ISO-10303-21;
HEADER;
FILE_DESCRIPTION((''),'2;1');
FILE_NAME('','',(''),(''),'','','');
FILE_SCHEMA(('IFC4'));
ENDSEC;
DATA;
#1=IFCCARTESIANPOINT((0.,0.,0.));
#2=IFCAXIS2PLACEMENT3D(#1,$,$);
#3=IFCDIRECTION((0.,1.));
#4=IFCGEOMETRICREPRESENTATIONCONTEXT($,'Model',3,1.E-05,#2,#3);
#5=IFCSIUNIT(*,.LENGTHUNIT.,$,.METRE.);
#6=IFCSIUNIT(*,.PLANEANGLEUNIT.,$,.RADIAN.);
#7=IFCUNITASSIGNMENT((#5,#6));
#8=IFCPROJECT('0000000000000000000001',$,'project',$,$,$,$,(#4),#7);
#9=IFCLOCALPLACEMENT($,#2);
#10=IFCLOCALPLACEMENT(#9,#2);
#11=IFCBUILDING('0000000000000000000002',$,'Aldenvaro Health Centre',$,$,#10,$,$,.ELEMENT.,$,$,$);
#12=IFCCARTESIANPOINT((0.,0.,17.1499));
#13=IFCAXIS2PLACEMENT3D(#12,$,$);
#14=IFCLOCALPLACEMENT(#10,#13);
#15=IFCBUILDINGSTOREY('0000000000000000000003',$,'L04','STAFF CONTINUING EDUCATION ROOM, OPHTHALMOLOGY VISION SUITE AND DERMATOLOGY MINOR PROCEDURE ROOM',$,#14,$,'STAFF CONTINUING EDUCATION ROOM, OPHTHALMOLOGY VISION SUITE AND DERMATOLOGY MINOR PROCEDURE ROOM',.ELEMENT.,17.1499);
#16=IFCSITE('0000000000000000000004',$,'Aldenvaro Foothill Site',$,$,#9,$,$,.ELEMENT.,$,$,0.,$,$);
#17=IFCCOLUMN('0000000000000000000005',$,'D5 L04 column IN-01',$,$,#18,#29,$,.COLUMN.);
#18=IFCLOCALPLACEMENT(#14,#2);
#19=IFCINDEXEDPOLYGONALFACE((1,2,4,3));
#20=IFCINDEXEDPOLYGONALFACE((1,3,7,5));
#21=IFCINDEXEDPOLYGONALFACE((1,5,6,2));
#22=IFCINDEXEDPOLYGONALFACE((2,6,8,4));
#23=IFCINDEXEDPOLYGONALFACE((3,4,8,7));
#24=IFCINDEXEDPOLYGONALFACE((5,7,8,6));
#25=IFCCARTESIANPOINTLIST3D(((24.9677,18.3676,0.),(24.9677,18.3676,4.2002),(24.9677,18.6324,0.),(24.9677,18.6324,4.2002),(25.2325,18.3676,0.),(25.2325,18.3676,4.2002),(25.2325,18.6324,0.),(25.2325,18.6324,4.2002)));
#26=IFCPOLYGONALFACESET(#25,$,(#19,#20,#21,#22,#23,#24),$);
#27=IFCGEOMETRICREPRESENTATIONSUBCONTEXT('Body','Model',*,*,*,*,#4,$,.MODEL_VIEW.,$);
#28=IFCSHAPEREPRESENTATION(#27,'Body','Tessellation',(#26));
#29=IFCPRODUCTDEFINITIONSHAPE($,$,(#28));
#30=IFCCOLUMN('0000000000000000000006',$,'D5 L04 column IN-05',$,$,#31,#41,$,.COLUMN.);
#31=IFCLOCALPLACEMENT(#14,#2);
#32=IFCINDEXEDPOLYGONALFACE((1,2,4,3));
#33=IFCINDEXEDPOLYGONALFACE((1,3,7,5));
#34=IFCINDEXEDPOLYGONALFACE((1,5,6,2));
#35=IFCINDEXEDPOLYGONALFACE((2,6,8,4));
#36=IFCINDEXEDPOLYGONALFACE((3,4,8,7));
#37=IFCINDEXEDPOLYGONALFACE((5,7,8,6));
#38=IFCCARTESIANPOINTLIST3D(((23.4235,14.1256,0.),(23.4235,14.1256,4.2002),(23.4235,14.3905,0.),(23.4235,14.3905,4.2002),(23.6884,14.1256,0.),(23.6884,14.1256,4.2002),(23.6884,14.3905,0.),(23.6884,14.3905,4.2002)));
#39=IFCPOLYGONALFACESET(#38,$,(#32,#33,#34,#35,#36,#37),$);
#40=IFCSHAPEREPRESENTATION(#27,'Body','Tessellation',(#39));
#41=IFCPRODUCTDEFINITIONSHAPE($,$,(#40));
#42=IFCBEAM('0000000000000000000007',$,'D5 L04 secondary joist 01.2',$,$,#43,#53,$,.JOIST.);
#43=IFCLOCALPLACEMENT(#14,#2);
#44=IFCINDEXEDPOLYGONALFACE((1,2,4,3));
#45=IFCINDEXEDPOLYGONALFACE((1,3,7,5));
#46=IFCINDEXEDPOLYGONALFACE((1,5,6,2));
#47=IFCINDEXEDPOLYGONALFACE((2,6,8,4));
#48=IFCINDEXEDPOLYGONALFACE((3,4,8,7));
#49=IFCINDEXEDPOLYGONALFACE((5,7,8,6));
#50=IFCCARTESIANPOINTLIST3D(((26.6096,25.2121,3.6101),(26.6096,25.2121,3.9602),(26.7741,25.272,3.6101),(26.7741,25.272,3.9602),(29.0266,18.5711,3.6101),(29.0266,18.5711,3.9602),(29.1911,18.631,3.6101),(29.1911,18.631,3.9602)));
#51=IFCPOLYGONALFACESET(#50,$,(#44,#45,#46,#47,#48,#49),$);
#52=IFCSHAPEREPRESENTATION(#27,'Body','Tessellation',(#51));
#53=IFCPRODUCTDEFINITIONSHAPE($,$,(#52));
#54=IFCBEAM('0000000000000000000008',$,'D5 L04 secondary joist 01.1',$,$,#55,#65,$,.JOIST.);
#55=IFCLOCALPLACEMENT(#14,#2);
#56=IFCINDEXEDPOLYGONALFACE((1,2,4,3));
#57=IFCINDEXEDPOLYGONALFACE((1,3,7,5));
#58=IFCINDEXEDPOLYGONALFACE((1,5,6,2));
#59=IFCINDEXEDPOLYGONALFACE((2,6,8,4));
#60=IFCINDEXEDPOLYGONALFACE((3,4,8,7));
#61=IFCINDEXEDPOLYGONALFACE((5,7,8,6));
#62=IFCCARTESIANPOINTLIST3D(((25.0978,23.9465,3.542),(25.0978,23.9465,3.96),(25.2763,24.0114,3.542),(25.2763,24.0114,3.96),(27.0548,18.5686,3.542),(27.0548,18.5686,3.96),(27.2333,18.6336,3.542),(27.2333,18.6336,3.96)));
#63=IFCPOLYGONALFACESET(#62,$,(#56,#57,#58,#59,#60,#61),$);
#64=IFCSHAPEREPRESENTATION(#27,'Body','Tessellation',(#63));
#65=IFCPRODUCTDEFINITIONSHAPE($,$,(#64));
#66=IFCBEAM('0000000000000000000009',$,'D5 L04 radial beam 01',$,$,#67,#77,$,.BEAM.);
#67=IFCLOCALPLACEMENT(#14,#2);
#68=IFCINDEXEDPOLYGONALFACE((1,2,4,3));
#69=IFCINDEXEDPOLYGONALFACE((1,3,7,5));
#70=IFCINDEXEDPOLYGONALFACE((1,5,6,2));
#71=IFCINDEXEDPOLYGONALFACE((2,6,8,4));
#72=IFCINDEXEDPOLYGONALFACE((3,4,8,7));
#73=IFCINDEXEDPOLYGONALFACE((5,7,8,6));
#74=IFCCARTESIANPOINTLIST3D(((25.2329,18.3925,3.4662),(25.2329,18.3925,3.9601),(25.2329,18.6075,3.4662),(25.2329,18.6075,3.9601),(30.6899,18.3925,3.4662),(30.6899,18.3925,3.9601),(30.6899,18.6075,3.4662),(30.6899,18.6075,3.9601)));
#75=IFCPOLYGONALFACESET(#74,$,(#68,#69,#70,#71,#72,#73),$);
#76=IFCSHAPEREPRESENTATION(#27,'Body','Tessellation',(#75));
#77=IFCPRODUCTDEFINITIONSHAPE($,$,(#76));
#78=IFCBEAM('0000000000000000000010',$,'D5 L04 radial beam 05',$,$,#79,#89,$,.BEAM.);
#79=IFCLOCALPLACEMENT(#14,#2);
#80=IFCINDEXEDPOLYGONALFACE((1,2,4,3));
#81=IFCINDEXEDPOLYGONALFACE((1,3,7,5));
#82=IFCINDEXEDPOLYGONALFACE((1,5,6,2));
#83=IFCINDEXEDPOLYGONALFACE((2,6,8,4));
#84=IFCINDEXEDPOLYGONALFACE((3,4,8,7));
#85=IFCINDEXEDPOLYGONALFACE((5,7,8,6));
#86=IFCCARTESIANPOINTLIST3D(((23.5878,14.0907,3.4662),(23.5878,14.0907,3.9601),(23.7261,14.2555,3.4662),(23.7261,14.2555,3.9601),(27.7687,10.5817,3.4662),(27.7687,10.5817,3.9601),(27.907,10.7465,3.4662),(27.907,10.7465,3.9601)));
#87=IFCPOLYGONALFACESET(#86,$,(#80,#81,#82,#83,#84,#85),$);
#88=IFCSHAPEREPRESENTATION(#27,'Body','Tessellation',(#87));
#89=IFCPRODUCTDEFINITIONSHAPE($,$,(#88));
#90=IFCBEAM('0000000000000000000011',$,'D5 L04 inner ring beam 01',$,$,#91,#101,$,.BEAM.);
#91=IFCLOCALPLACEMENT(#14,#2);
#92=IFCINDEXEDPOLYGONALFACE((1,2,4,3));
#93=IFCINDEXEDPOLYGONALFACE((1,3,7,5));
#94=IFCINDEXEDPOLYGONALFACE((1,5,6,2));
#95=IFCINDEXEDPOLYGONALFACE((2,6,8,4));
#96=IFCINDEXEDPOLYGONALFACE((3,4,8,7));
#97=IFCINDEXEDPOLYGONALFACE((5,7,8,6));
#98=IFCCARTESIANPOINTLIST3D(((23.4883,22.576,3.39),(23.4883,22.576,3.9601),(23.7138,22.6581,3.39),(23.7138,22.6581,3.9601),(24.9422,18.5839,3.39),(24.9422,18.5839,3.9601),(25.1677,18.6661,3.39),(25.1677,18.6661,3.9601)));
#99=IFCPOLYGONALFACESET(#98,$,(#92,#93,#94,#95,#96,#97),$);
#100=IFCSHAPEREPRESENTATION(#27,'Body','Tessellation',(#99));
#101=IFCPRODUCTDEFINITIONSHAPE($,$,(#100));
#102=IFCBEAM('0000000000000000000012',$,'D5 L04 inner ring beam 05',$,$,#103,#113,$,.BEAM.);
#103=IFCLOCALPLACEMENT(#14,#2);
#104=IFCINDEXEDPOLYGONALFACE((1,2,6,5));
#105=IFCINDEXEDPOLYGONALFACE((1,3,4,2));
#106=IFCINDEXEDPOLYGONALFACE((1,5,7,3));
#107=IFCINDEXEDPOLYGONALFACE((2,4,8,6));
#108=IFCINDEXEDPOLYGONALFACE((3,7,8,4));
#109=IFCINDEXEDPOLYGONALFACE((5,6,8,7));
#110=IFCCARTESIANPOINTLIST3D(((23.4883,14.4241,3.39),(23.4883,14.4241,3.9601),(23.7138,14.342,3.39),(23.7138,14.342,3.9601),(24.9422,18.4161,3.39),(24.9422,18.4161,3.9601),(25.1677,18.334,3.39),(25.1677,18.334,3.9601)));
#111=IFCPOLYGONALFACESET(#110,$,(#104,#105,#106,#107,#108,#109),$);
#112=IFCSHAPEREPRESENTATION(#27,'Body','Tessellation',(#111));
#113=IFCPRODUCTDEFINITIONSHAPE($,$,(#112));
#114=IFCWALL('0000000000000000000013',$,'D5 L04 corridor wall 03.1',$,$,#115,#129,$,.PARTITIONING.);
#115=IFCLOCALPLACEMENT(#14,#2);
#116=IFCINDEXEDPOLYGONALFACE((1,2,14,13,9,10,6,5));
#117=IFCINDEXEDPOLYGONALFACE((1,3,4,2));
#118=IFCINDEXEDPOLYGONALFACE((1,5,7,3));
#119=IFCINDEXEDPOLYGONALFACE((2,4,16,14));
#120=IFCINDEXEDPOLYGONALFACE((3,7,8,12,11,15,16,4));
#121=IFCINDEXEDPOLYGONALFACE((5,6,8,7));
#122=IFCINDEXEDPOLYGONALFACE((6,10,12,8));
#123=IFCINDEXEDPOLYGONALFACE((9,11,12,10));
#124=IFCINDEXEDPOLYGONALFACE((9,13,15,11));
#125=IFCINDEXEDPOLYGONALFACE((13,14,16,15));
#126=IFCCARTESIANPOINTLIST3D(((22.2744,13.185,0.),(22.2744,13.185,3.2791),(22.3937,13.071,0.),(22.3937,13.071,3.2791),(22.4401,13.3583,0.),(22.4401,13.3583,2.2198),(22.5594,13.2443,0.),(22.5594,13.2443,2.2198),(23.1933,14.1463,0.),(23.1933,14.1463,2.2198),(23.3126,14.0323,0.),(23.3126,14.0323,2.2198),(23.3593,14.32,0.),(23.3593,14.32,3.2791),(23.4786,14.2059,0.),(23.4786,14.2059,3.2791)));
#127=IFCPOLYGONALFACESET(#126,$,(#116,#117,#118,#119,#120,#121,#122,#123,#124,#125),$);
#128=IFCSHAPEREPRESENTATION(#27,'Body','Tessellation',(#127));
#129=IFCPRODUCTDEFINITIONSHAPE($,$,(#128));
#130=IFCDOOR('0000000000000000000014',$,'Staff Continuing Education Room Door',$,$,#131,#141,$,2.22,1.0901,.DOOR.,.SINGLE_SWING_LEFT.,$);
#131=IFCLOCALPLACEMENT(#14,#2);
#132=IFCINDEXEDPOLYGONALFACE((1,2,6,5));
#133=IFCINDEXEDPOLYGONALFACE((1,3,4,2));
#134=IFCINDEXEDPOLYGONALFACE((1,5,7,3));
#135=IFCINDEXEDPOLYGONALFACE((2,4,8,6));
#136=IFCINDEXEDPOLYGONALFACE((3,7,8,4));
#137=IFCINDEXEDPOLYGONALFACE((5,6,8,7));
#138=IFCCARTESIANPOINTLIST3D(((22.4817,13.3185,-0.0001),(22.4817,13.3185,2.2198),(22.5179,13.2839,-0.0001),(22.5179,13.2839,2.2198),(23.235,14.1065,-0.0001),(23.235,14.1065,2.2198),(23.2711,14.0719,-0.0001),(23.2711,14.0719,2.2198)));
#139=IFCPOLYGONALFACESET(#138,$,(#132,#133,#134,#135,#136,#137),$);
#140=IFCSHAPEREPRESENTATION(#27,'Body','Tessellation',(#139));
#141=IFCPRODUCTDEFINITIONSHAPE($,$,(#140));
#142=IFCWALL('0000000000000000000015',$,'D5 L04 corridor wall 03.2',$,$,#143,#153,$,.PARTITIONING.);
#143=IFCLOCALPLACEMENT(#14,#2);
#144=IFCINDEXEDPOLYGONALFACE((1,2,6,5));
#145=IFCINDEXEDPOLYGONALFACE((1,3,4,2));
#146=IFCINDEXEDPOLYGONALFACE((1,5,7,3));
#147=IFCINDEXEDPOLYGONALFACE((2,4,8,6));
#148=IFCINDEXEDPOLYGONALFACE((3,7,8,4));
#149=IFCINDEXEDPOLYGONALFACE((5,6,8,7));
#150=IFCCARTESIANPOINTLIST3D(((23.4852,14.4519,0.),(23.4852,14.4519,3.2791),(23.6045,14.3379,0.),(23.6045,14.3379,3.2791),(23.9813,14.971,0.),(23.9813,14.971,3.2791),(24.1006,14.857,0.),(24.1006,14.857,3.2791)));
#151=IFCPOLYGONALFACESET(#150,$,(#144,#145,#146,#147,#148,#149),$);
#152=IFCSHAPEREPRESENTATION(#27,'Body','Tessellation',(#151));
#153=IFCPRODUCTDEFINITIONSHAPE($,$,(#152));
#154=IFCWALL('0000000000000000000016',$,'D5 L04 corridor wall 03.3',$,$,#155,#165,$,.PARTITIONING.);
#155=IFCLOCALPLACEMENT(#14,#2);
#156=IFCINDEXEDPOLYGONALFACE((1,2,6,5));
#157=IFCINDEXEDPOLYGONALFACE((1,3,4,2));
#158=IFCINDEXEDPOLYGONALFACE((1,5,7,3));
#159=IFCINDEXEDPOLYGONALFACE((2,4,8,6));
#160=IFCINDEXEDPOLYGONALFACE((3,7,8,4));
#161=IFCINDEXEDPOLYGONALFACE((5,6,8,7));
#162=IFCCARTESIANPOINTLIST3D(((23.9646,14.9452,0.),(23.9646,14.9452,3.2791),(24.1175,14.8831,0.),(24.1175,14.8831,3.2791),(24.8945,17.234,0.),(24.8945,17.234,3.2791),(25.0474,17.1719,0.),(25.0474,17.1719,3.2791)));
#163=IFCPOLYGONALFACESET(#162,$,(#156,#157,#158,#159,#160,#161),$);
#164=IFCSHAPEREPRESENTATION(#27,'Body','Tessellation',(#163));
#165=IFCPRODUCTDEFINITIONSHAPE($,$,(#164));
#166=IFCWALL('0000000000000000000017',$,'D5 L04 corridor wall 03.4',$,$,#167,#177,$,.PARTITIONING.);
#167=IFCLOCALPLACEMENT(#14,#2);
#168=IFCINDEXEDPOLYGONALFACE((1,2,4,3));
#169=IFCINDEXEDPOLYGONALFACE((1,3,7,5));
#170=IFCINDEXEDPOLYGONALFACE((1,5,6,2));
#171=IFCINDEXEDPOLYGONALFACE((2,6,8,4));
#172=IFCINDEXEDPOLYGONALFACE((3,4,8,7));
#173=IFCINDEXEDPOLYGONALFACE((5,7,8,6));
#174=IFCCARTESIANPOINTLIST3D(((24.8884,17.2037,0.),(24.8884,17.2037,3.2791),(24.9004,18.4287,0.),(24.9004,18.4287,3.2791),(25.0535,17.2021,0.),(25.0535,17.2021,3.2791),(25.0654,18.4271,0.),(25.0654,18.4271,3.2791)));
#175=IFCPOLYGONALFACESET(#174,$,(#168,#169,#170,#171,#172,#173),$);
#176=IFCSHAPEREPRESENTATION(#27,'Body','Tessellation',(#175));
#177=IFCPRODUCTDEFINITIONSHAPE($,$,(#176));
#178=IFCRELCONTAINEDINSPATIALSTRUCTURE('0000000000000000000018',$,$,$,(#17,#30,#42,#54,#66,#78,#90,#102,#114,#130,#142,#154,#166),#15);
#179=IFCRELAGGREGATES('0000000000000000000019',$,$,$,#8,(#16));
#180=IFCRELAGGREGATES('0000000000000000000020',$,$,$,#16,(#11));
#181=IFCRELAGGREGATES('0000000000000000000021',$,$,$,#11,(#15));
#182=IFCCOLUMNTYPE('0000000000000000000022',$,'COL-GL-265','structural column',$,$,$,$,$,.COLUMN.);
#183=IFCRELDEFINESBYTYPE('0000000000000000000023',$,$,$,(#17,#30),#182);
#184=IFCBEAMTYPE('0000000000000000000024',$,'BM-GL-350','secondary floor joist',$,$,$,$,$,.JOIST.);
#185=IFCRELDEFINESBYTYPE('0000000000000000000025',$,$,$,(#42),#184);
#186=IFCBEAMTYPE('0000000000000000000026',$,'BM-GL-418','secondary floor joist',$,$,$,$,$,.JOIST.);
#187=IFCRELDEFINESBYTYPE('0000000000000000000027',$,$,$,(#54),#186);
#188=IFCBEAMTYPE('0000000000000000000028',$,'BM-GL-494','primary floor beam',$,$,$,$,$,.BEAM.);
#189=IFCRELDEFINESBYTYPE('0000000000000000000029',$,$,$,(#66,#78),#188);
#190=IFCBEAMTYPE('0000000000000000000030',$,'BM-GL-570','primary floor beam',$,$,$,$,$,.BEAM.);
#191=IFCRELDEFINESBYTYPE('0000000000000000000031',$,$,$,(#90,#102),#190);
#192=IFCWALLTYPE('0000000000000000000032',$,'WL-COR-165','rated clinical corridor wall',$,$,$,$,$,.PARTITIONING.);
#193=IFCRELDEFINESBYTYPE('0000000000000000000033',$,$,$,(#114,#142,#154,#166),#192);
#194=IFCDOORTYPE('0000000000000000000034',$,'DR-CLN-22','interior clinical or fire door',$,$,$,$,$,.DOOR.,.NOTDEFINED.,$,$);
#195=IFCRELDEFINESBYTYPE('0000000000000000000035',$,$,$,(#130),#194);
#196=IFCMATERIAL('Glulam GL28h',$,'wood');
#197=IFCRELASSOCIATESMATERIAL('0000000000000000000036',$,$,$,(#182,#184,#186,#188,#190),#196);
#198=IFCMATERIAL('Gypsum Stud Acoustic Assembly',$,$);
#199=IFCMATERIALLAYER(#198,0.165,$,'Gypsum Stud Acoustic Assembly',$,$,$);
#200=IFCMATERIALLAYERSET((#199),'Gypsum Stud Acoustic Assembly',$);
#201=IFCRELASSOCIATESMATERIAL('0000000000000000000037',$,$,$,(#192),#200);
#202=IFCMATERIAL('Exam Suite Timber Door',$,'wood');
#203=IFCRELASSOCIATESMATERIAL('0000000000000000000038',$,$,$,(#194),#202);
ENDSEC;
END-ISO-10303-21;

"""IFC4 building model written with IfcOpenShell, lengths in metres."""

from ifc_helpers import new_model, si_unit, direction, frame, frame_2d, origin, origin_2d, place, context, subcontext, project, spatial, rectangle, extrude, material, layer, layer_set, material_profile, profile_set, type_object, element, fill, save


model = new_model("IFC4")

# Units and contexts
model_context = context("Model", 3, precision=1e-05, world=origin(), true_north=direction((0.0, 1.0)))
body_context = subcontext(model_context, "Body", "Model", "MODEL_VIEW")
ifc_project = project(units=[si_unit("LENGTHUNIT", "METRE"), si_unit("PLANEANGLEUNIT", "RADIAN")], contexts=[model_context])

# Site, building, storey
site_placement = place(None, origin())
site = spatial("IfcSite", under=ifc_project, at=site_placement, Name="Aldenvaro Foothill Site", CompositionType="ELEMENT", RefElevation=0.0)
building_placement = place(site_placement, origin())
building = spatial("IfcBuilding", under=site, at=building_placement, Name="Aldenvaro Health Centre", CompositionType="ELEMENT")
storey_placement = place(building_placement, frame((0.0, 0.0, 17.1499)))
storey = spatial("IfcBuildingStorey", under=building, at=storey_placement, Name="L04", Description="STAFF CONTINUING EDUCATION ROOM, OPHTHALMOLOGY VISION SUITE AND DERMATOLOGY MINOR PROCEDURE ROOM", LongName="STAFF CONTINUING EDUCATION ROOM, OPHTHALMOLOGY VISION SUITE AND DERMATOLOGY MINOR PROCEDURE ROOM", CompositionType="ELEMENT", Elevation=17.1499)

# Columns
ifc_material_1 = material(Name="Glulam GL28h", Category="wood")
ifc_material_profile_1 = material_profile(ifc_material_1, rectangle(XDim=0.2649, YDim=0.2649, at=origin_2d()), Name="GL 265x265", Category="wood")
ifc_profile_set_1 = profile_set([ifc_material_profile_1], Name="Glulam GL28h")
column_type = type_object("IfcColumnType", Name="COL-GL-265", Description="structural column", PredefinedType="COLUMN", material=ifc_profile_set_1)
for number, where, z_axis, x_axis, name in (
    (1, (25.1001, 18.5, 0.0), (0.0, 0.0, 1.0), (1.0, 0.0, 0.0), "D5 L04 column IN-01"),
    (2, (23.5559, 14.2581, 0.0), (0.0, 0.0, 1.0), (1.0, 0.0, 0.0), "D5 L04 column IN-05"),
):
    element("IfcColumn", number, at=place(storey_placement, frame(where, z_axis=z_axis, x_axis=x_axis)), inside=storey, type_object=column_type, Name=name, PredefinedType="COLUMN", context=body_context, shape_type="SweptSolid", body=[
        extrude(rectangle(XDim=0.2649, YDim=0.2649, at=origin_2d()), origin(), (0.0, 0.0, 1.0), 4.2002),
    ])

# Beams
ifc_material_profile_2 = material_profile(ifc_material_1, rectangle(XDim=0.175, YDim=0.3501, at=origin_2d()), Name="GL 175x350", Category="wood")
ifc_profile_set_2 = profile_set([ifc_material_profile_2], Name="Glulam GL28h")
beam_type_1 = type_object("IfcBeamType", Name="BM-GL-350", Description="secondary floor joist", PredefinedType="JOIST", material=ifc_profile_set_2)
beam_1_placement = place(storey_placement, frame((29.1089, 18.6011, 3.7852), z_axis=(-0.342009, 0.939697, 0.0), x_axis=(-0.939697, -0.342009, 0.0)))
element("IfcBeam", 3, at=beam_1_placement, inside=storey, type_object=beam_type_1, Name="D5 L04 secondary joist 01.2", PredefinedType="JOIST", context=body_context, shape_type="SweptSolid", body=[
    extrude(rectangle(XDim=0.175, YDim=0.3501, at=origin_2d()), origin(), (0.0, 0.0, 1.0), 7.0671),
])
ifc_material_profile_3 = material_profile(ifc_material_1, rectangle(XDim=0.1899, YDim=0.418, at=origin_2d()), Name="GL 190x418", Category="wood")
ifc_profile_set_3 = profile_set([ifc_material_profile_3], Name="Glulam GL28h")
beam_type_2 = type_object("IfcBeamType", Name="BM-GL-418", Description="secondary floor joist", PredefinedType="JOIST", material=ifc_profile_set_3)
beam_2_placement = place(storey_placement, frame((27.144, 18.6011, 3.751), z_axis=(-0.341962, 0.939714, 0.0), x_axis=(-0.939714, -0.341962, 0.0)))
element("IfcBeam", 4, at=beam_2_placement, inside=storey, type_object=beam_type_2, Name="D5 L04 secondary joist 01.1", PredefinedType="JOIST", context=body_context, shape_type="SweptSolid", body=[
    extrude(rectangle(XDim=0.1899, YDim=0.418, at=origin_2d()), origin(), (0.0, 0.0, 1.0), 5.7229),
])
ifc_material_profile_4 = material_profile(ifc_material_1, rectangle(XDim=0.2151, YDim=0.4939, at=origin_2d()), Name="GL 215x494", Category="wood")
ifc_profile_set_4 = profile_set([ifc_material_profile_4], Name="Glulam GL28h")
beam_type_3 = type_object("IfcBeamType", Name="BM-GL-494", Description="primary floor beam", PredefinedType="BEAM", material=ifc_profile_set_4)
beam_3_placement = place(storey_placement, frame((25.2329, 18.5, 3.7131), z_axis=(1.0, 0.0, 0.0), x_axis=(0.0, 1.0, 0.0)))
element("IfcBeam", 5, at=beam_3_placement, inside=storey, type_object=beam_type_3, Name="D5 L04 radial beam 01", PredefinedType="BEAM", context=body_context, shape_type="SweptSolid", body=[
    extrude(rectangle(XDim=0.2151, YDim=0.4939, at=origin_2d()), origin(), (0.0, 0.0, 1.0), 5.457),
])
beam_4_placement = place(storey_placement, frame((23.657, 14.1731, 3.7131), z_axis=(0.765969, -0.642877, 0.0), x_axis=(0.642877, 0.765969, 0.0)))
element("IfcBeam", 6, at=beam_4_placement, inside=storey, type_object=beam_type_3, Name="D5 L04 radial beam 05", PredefinedType="BEAM", context=body_context, shape_type="SweptSolid", body=[
    extrude(rectangle(XDim=0.2151, YDim=0.4939, at=origin_2d()), origin(), (0.0, 0.0, 1.0), 5.4583),
])
ifc_material_profile_5 = material_profile(ifc_material_1, rectangle(XDim=0.24, YDim=0.5701, at=origin_2d()), Name="GL 240x570", Category="wood")
ifc_profile_set_5 = profile_set([ifc_material_profile_5], Name="Glulam GL28h")
beam_type_4 = type_object("IfcBeamType", Name="BM-GL-570", Description="primary floor beam", PredefinedType="BEAM", material=ifc_profile_set_5)
for number, where, z_axis, x_axis, name in (
    (7, (25.0549, 18.625, 3.675), (-0.342209, 0.939624, 0.0), (-0.939624, -0.342209, 0.0), "D5 L04 inner ring beam 01"),
    (8, (23.6011, 14.3831, 3.675), (0.342209, 0.939624, 0.0), (-0.939624, 0.342209, 0.0), "D5 L04 inner ring beam 05"),
):
    element("IfcBeam", number, at=place(storey_placement, frame(where, z_axis=z_axis, x_axis=x_axis)), inside=storey, type_object=beam_type_4, Name=name, PredefinedType="BEAM", context=body_context, shape_type="SweptSolid", body=[
        extrude(rectangle(XDim=0.24, YDim=0.5701, at=origin_2d()), origin(), (0.0, 0.0, 1.0), 4.2485),
    ])

# Wall, opening, door
ifc_material_2 = material(Name="Gypsum Stud Acoustic Assembly")
ifc_layer_1 = layer(ifc_material_2, 0.165, Name="Gypsum Stud Acoustic Assembly")
ifc_layer_set_1 = layer_set([ifc_layer_1], Name="Gypsum Stud Acoustic Assembly")
wall_type_1 = type_object("IfcWallType", Name="WL-COR-165", Description="rated clinical corridor wall", PredefinedType="PARTITIONING", material=ifc_layer_set_1)
wall_1_placement = place(storey_placement, frame((22.334, 13.1279, 0.0), z_axis=(0.0, 0.0, 1.0), x_axis=(0.69099, 0.722865, 0.0)))
wall_1 = element("IfcWall", 9, at=wall_1_placement, inside=storey, type_object=wall_type_1, Name="D5 L04 corridor wall 03.1", PredefinedType="PARTITIONING", context=body_context, shape_type="SweptSolid", body=[
    extrude(rectangle(XDim=1.5701, YDim=0.165, at=frame_2d((0.7852, 0.0))), origin(), (0.0, 0.0, 1.0), 3.2791),
])
opening_1_placement = place(wall_1_placement, frame((0.24, 0.0, 0.0)))
opening_1 = element("IfcOpeningElement", 10, at=opening_1_placement, cuts=wall_1, PredefinedType="OPENING", context=body_context, shape_type="SweptSolid", body=[
    extrude(rectangle(XDim=1.0901, YDim=2.22, at=frame_2d((0.5449, 1.1099))), frame((0.0, 0.0925, 0.0), z_axis=(0.0, -1.0, 0.0), x_axis=(1.0, 0.0, 0.0)), (0.0, 0.0, 1.0), 0.1851),
])
ifc_material_3 = material(Name="Exam Suite Timber Door", Category="wood")
door_type = type_object("IfcDoorType", Name="DR-CLN-22", Description="interior clinical or fire door", OperationType="NOTDEFINED", PredefinedType="DOOR", material=ifc_material_3)
door_placement = place(opening_1_placement, origin())
door = element("IfcDoor", 11, at=door_placement, inside=storey, type_object=door_type, Name="Staff Continuing Education Room Door", OperationType="SINGLE_SWING_LEFT", OverallHeight=2.22, OverallWidth=1.0901, PredefinedType="DOOR", context=body_context, shape_type="SweptSolid", body=[
    extrude(rectangle(XDim=1.0901, YDim=2.22, at=frame_2d((0.5449, 1.1099))), frame((0.0, 0.0249, 0.0), z_axis=(0.0, -1.0, 0.0), x_axis=(1.0, 0.0, 0.0)), (0.0, 0.0, 1.0), 0.05),
])
fill(opening_1, door)

# Walls
wall_2_placement = place(storey_placement, frame((23.5449, 14.395, 0.0), z_axis=(0.0, 0.0, 1.0), x_axis=(0.690945, 0.722908, 0.0)))
element("IfcWall", 12, at=wall_2_placement, inside=storey, type_object=wall_type_1, Name="D5 L04 corridor wall 03.2", PredefinedType="PARTITIONING", context=body_context, shape_type="SweptSolid", body=[
    extrude(rectangle(XDim=0.718, YDim=0.165, at=frame_2d((0.3589, 0.0))), origin(), (0.0, 0.0, 1.0), 3.2791),
])
wall_3_placement = place(storey_placement, frame((24.041, 14.9141, 0.0), z_axis=(0.0, 0.0, 1.0), x_axis=(0.376412, 0.926453, 0.0)))
element("IfcWall", 13, at=wall_3_placement, inside=storey, type_object=wall_type_1, Name="D5 L04 corridor wall 03.3", PredefinedType="PARTITIONING", context=body_context, shape_type="SweptSolid", body=[
    extrude(rectangle(XDim=2.4705, YDim=0.165, at=frame_2d((1.2354, 0.0))), origin(), (0.0, 0.0, 1.0), 3.2791),
])
wall_4_placement = place(storey_placement, frame((24.9709, 17.2029, 0.0), z_axis=(0.0, 0.0, 1.0), x_axis=(0.009764, 0.999952, 0.0)))
element("IfcWall", 14, at=wall_4_placement, inside=storey, type_object=wall_type_1, Name="D5 L04 corridor wall 03.4", PredefinedType="PARTITIONING", context=body_context, shape_type="SweptSolid", body=[
    extrude(rectangle(XDim=1.2251, YDim=0.165, at=frame_2d((0.6125, 0.0))), origin(), (0.0, 0.0, 1.0), 3.2791),
])

save(model, "model.ifc")
